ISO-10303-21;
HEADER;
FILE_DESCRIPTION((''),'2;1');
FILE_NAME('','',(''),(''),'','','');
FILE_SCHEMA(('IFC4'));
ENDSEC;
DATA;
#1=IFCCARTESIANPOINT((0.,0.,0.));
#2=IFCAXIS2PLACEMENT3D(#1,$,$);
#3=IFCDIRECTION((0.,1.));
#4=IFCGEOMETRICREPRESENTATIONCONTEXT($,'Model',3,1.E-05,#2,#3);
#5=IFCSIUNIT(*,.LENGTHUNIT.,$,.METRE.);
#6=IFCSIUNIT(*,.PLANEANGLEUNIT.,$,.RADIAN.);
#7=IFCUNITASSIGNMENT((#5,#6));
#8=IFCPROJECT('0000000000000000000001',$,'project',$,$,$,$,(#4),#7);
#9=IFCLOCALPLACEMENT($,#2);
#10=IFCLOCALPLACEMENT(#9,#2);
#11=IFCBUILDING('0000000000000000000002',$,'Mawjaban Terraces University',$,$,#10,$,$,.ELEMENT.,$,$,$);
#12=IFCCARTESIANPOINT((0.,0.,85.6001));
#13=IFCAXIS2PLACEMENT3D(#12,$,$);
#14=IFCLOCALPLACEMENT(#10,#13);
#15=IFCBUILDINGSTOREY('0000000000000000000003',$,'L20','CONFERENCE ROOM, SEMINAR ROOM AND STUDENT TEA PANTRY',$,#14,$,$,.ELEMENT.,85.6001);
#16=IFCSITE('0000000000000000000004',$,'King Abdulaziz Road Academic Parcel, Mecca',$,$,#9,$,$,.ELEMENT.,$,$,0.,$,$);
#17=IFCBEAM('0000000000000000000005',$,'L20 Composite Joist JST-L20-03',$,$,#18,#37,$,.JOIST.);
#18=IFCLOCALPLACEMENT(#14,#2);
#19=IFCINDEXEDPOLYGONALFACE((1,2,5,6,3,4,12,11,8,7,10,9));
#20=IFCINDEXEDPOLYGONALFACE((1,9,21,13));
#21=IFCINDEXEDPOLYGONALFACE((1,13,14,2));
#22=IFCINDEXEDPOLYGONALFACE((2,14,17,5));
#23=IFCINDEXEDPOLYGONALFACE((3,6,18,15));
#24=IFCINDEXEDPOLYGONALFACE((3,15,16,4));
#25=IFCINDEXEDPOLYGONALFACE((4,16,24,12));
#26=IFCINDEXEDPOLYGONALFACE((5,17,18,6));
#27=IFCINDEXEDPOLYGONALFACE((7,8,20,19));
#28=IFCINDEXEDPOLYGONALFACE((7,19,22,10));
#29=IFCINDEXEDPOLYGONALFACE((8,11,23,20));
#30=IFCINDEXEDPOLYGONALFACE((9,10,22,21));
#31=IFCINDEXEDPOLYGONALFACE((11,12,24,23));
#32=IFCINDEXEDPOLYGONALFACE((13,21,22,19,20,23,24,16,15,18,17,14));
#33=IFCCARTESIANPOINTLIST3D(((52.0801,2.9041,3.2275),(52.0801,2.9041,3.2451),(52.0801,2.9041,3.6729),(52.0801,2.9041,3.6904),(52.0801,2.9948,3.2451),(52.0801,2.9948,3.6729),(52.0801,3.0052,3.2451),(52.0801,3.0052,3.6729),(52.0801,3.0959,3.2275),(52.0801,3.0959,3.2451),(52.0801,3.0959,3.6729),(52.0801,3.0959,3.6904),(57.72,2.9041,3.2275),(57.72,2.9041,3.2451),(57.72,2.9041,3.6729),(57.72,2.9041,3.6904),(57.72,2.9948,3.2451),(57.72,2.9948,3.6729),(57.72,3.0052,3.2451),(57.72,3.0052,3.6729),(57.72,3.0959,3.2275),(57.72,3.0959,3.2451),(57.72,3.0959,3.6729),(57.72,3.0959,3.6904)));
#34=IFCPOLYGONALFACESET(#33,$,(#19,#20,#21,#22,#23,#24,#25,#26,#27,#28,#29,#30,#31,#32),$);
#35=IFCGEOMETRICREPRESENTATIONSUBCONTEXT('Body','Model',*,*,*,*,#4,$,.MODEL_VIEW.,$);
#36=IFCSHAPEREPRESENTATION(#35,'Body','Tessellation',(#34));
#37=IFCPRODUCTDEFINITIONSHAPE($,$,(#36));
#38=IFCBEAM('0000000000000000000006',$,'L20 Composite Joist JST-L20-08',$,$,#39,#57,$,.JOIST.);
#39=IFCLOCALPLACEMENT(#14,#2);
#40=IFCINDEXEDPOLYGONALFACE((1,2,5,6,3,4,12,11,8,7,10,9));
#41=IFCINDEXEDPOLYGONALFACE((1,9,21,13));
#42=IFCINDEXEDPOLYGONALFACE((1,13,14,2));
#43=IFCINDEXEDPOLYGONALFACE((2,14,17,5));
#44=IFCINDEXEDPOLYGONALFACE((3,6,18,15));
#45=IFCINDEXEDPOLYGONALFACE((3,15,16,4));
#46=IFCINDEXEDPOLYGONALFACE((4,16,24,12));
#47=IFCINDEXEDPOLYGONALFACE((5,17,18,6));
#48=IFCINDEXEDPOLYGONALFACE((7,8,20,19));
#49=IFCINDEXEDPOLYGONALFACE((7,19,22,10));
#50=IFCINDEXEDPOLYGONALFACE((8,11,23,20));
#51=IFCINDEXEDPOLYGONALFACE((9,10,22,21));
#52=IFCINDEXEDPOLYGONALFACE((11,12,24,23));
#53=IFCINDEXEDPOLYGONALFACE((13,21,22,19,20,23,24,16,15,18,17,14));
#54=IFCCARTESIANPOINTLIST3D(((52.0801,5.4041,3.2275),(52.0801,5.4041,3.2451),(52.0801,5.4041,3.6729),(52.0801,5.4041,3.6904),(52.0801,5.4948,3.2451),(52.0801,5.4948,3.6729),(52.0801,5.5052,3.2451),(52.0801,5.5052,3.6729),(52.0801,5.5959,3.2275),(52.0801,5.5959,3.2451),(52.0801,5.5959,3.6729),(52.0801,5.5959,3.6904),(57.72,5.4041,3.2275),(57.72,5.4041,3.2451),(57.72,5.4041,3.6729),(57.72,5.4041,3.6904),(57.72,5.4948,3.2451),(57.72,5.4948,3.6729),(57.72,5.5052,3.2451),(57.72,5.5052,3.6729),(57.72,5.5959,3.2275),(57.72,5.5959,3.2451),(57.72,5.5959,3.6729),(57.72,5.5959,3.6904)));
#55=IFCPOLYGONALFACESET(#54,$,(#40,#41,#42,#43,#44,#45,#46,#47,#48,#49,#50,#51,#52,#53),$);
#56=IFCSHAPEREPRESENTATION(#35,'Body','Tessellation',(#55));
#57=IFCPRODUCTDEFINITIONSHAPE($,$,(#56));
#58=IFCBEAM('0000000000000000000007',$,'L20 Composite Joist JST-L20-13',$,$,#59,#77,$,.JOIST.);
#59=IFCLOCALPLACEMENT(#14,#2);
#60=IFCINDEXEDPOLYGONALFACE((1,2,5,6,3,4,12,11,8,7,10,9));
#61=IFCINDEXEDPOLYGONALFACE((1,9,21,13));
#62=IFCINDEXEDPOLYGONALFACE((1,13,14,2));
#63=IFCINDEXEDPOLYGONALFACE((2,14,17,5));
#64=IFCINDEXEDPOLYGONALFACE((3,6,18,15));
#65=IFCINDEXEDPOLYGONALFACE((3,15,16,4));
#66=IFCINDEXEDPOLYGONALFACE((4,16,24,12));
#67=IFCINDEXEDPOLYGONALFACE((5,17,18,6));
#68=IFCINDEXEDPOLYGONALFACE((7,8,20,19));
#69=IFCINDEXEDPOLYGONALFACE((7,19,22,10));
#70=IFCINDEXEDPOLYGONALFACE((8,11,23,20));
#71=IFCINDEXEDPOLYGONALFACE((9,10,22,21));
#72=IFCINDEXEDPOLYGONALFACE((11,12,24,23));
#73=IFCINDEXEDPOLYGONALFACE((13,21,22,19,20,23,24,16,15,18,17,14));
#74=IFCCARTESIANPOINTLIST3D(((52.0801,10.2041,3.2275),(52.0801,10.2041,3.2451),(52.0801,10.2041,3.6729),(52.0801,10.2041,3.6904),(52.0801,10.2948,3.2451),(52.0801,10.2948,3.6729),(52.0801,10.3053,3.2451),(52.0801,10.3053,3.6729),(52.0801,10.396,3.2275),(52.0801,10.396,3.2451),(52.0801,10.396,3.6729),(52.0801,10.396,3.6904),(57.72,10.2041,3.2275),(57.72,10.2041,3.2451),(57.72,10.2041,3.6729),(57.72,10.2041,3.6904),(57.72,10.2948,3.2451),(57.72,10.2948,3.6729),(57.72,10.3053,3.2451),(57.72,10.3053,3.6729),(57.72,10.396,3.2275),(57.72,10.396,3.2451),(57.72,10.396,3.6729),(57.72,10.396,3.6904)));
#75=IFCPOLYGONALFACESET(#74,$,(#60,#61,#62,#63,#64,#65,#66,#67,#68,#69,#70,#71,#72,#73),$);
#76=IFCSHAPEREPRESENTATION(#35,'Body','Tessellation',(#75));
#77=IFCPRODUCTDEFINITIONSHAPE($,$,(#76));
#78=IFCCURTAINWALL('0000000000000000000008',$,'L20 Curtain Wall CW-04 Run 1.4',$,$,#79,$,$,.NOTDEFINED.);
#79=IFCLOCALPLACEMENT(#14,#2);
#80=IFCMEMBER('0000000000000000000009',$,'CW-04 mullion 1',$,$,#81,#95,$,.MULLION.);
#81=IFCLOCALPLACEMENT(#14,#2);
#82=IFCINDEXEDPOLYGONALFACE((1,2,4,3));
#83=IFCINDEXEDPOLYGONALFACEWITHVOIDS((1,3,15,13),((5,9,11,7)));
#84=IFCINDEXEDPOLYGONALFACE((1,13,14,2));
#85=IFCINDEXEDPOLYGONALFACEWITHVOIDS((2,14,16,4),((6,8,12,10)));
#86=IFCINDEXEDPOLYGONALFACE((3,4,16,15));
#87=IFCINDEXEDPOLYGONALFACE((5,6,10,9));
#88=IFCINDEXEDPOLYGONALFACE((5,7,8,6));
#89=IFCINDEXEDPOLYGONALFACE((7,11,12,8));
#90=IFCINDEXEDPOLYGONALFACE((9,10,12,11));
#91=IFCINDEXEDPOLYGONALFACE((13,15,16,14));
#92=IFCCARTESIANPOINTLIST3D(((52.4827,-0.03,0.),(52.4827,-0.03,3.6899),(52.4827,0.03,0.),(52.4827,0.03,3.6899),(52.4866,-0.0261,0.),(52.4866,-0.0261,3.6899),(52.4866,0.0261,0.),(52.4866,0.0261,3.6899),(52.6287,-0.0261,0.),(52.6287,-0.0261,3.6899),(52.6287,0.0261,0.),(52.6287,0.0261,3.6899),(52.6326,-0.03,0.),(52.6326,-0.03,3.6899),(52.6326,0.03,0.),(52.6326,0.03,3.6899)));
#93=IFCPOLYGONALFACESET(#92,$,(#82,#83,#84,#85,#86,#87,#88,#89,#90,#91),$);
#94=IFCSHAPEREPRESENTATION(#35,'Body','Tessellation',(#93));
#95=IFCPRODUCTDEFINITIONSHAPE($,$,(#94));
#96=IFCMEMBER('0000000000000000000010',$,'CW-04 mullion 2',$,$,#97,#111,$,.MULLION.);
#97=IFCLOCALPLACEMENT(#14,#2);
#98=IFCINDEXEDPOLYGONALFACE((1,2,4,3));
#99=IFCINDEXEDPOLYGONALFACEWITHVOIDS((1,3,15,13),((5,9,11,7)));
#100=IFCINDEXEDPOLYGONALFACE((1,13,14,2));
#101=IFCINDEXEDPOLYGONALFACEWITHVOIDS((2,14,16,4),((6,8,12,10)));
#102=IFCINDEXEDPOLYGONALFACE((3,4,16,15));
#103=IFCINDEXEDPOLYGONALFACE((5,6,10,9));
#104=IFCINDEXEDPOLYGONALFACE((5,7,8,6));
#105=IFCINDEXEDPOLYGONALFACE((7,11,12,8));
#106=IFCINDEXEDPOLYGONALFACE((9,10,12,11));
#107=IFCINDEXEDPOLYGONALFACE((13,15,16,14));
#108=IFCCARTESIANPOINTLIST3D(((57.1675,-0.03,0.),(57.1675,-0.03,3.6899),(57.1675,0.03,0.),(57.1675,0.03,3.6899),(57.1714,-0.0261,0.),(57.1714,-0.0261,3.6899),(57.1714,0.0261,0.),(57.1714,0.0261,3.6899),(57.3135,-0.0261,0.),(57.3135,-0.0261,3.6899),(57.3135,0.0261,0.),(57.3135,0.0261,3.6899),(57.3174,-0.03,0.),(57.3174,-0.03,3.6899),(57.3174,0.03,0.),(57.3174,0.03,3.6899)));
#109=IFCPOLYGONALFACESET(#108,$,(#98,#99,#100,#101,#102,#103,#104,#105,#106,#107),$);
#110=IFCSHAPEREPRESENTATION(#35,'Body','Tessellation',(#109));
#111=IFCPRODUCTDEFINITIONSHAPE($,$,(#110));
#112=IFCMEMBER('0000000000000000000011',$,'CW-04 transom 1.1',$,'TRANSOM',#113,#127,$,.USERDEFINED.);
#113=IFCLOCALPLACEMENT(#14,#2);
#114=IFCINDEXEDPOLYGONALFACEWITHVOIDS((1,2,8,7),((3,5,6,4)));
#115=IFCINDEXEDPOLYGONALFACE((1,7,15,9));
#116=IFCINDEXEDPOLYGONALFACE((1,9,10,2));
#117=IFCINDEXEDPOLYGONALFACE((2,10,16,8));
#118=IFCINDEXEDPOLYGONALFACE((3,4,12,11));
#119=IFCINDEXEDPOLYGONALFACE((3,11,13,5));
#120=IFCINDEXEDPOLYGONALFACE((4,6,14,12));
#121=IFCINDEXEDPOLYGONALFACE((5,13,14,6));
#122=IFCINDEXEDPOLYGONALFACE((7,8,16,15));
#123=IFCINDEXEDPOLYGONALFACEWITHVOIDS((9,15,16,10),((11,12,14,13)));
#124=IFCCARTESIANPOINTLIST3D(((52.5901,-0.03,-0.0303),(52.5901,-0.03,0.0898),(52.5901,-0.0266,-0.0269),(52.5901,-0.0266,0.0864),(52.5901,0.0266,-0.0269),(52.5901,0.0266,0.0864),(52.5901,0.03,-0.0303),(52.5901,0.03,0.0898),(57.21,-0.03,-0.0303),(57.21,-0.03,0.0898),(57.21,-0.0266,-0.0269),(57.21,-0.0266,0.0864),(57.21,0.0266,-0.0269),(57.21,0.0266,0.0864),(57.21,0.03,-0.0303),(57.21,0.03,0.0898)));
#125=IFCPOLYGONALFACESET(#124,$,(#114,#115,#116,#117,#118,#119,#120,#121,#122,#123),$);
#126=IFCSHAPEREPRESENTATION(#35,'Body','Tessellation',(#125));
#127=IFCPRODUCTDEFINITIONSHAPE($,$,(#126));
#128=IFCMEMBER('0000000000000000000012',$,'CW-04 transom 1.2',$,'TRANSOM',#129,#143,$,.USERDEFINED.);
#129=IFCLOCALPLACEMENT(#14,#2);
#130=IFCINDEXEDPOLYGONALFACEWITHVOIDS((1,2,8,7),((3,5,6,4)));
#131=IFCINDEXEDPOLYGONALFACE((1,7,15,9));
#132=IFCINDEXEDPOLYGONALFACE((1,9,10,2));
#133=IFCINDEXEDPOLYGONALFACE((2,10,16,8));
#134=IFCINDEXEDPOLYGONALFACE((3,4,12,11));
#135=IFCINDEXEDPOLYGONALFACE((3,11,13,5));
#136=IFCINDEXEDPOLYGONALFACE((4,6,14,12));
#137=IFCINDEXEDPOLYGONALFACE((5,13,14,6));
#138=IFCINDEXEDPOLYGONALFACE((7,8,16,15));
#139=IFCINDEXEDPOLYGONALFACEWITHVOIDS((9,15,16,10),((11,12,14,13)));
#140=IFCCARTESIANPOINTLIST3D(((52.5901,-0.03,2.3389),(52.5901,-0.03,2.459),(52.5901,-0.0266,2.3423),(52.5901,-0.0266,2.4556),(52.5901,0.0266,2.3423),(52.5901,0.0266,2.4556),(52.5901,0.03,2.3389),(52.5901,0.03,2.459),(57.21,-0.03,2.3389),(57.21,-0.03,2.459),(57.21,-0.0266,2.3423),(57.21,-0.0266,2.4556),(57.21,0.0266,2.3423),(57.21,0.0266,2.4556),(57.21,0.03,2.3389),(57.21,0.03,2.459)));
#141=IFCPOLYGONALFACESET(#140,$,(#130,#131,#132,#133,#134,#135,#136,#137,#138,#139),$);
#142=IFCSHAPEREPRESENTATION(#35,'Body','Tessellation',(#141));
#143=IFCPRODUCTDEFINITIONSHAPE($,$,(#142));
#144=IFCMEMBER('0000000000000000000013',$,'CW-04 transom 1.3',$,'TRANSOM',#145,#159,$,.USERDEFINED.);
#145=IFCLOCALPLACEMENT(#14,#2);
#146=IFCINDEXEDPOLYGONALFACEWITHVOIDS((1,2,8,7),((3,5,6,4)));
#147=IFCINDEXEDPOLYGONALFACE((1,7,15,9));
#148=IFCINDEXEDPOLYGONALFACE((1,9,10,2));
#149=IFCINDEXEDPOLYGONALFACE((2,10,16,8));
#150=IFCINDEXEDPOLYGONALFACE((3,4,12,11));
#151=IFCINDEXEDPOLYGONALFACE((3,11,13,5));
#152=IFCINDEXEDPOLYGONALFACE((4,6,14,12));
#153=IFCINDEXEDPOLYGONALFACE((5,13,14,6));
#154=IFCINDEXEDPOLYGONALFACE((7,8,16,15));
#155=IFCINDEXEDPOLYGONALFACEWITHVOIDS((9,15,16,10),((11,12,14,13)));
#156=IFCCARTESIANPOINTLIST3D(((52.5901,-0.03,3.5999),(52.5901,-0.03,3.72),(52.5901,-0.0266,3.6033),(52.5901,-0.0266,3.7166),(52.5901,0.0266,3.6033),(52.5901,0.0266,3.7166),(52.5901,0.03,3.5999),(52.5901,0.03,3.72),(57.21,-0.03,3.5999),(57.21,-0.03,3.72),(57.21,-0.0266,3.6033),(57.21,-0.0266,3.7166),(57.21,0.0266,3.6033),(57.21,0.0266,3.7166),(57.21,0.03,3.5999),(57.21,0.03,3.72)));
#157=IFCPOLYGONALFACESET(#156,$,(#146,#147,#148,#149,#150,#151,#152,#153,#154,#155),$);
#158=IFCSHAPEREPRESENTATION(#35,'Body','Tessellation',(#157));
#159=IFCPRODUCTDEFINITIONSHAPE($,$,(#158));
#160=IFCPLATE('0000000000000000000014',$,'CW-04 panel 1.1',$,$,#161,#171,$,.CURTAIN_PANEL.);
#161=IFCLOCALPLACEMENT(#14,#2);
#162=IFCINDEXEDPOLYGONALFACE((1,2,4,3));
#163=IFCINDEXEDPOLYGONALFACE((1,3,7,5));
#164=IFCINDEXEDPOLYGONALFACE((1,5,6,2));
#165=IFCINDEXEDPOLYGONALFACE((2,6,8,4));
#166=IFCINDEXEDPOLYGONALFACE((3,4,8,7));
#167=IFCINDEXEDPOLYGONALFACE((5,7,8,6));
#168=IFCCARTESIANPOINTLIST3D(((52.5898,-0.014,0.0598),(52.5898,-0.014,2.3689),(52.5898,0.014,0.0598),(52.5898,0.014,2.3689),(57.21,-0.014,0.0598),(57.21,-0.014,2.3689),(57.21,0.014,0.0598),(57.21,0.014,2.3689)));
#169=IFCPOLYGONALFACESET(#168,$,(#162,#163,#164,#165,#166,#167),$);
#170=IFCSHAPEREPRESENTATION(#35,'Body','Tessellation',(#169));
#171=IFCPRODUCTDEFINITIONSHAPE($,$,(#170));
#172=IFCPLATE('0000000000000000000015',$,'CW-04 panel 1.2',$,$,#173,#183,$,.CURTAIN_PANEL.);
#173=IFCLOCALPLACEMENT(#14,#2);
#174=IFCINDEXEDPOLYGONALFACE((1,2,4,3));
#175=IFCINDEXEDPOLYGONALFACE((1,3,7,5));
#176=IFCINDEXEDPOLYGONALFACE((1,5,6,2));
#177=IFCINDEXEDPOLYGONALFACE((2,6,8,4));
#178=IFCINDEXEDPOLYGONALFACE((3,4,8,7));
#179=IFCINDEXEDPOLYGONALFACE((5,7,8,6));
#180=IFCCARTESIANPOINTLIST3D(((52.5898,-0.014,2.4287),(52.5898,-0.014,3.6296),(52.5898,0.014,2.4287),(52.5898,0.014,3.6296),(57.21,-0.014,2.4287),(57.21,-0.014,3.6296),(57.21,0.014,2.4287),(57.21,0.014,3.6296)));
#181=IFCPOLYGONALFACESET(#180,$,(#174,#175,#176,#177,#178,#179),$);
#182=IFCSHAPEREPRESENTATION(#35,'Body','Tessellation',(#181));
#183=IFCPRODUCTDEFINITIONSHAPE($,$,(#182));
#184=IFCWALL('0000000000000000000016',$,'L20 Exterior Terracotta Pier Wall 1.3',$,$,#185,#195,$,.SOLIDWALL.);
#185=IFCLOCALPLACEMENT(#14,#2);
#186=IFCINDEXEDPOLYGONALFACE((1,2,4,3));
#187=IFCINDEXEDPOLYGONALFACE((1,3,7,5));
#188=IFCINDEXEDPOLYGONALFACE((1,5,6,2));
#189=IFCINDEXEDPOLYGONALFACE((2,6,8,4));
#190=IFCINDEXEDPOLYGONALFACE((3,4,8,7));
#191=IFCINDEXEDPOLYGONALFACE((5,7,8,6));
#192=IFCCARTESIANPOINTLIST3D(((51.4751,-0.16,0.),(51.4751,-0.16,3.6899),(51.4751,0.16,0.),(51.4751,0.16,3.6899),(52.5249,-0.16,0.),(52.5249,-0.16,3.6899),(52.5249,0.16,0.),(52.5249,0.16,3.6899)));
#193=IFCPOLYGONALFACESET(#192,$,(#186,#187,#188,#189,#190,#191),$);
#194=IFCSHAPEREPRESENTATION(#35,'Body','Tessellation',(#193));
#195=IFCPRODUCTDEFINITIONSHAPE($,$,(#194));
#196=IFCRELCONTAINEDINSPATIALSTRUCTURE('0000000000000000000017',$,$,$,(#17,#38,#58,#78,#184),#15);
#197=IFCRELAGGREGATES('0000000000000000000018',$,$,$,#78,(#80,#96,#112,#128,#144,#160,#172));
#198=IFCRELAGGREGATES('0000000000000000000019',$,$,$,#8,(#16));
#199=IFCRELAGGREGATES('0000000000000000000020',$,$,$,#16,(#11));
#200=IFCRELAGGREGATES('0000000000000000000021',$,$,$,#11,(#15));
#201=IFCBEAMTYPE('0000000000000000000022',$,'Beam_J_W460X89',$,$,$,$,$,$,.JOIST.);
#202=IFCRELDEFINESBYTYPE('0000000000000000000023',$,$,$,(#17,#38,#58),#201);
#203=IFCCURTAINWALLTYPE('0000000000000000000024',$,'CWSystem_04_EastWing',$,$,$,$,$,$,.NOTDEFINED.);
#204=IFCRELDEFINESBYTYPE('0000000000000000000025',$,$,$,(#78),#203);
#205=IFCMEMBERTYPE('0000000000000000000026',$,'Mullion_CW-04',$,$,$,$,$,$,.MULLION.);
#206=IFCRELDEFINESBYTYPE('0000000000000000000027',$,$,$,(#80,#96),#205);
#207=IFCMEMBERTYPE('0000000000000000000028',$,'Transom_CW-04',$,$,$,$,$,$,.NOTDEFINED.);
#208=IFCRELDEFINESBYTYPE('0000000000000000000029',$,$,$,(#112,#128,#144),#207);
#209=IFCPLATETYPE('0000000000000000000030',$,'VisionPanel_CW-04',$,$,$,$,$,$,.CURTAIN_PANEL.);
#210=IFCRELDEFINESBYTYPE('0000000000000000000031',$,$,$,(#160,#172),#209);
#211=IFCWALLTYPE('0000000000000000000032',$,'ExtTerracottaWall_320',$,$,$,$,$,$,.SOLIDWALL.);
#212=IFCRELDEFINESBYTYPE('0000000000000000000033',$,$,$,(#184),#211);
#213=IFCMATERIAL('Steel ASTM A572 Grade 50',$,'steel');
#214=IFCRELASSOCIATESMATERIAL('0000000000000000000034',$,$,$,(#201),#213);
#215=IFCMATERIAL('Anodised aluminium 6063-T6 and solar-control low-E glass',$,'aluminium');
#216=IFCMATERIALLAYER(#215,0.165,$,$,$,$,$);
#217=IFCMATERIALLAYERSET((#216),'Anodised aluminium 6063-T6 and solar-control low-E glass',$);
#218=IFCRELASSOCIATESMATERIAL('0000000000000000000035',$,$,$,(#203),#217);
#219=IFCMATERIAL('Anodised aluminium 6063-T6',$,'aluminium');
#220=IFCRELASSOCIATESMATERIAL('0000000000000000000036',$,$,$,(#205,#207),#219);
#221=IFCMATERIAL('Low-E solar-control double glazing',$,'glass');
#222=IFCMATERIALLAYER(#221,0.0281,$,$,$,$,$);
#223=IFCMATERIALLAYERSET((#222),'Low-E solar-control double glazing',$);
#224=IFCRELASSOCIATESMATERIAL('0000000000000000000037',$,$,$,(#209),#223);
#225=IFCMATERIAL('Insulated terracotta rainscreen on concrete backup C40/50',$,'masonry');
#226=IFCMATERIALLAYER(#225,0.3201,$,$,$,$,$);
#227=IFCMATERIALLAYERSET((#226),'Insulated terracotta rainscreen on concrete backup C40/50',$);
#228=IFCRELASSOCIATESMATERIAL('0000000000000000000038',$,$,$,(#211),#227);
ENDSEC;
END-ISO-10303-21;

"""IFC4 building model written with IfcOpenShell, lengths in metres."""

from ifc_helpers import new_model, si_unit, direction, frame, frame_2d, origin, origin_2d, place, context, subcontext, project, spatial, rectangle, hollow_rectangle, i_section, extrude, material, layer, layer_set, material_profile, profile_set, type_object, element, aggregate, save


model = new_model("IFC4")

# Units and contexts
model_context = context("Model", 3, precision=1e-05, world=origin(), true_north=direction((0.0, 1.0)))
body_context = subcontext(model_context, "Body", "Model", "MODEL_VIEW")
ifc_project = project(units=[si_unit("LENGTHUNIT", "METRE"), si_unit("PLANEANGLEUNIT", "RADIAN")], contexts=[model_context])

# Site, building, storey
site_placement = place(None, origin())
site = spatial("IfcSite", under=ifc_project, at=site_placement, Name="King Abdulaziz Road Academic Parcel, Mecca", CompositionType="ELEMENT", RefElevation=0.0)
building_placement = place(site_placement, origin())
building = spatial("IfcBuilding", under=site, at=building_placement, Name="Mawjaban Terraces University", CompositionType="ELEMENT")
storey_placement = place(building_placement, frame((0.0, 0.0, 85.6001)))
storey = spatial("IfcBuildingStorey", under=building, at=storey_placement, Name="L20", Description="CONFERENCE ROOM, SEMINAR ROOM AND STUDENT TEA PANTRY", CompositionType="ELEMENT", Elevation=85.6001)

# Beams
ifc_material_1 = material(Name="Steel ASTM A572 Grade 50", Category="steel")
ifc_material_profile_1 = material_profile(ifc_material_1, i_section(OverallWidth=0.1919, OverallDepth=0.4629, WebThickness=0.0105, FlangeThickness=0.0176, at=origin_2d()), Name="W460X89")
ifc_profile_set_1 = profile_set([ifc_material_profile_1], Name="Steel ASTM A572 Grade 50")
beam_type_1 = type_object("IfcBeamType", Name="Beam_J_W460X89", PredefinedType="JOIST", material=ifc_profile_set_1)
for number, where, z_axis, x_axis, name in (
    (1, (52.0801, 3.0, 3.459), (1.0, 0.0, 0.0), (0.0, 1.0, 0.0), "L20 Composite Joist JST-L20-03"),
    (2, (52.0801, 5.5, 3.459), (1.0, 0.0, 0.0), (0.0, 1.0, 0.0), "L20 Composite Joist JST-L20-08"),
    (3, (52.0801, 10.3, 3.459), (1.0, 0.0, 0.0), (0.0, 1.0, 0.0), "L20 Composite Joist JST-L20-13"),
):
    element("IfcBeam", number, at=place(storey_placement, frame(where, z_axis=z_axis, x_axis=x_axis)), inside=storey, type_object=beam_type_1, Name=name, PredefinedType="JOIST", context=body_context, shape_type="SweptSolid", body=[
        extrude(i_section(OverallWidth=0.1919, OverallDepth=0.4629, WebThickness=0.0105, FlangeThickness=0.0176, at=origin_2d()), origin(), (0.0, 0.0, 1.0), 5.6399),
    ])

# Curtain wall, members, plates
ifc_material_2 = material(Name="Anodised aluminium 6063-T6 and solar-control low-E glass", Category="aluminium")
ifc_layer_1 = layer(ifc_material_2, 0.165)
ifc_layer_set_1 = layer_set([ifc_layer_1], Name="Anodised aluminium 6063-T6 and solar-control low-E glass")
curtain_wall_type = type_object("IfcCurtainWallType", Name="CWSystem_04_EastWing", PredefinedType="NOTDEFINED", material=ifc_layer_set_1)
curtain_wall_placement = place(storey_placement, origin())
curtain_wall = element("IfcCurtainWall", 4, at=curtain_wall_placement, inside=storey, type_object=curtain_wall_type, Name="L20 Curtain Wall CW-04 Run 1.4", PredefinedType="NOTDEFINED")
ifc_material_3 = material(Name="Anodised aluminium 6063-T6", Category="aluminium")
ifc_material_profile_2 = material_profile(ifc_material_3, hollow_rectangle(XDim=0.0601, YDim=0.1499, WallThickness=0.0039, at=origin_2d()), Name="ALU150X60X4")
ifc_profile_set_2 = profile_set([ifc_material_profile_2], Name="Anodised aluminium 6063-T6")
member_type_1 = type_object("IfcMemberType", Name="Mullion_CW-04", PredefinedType="MULLION", material=ifc_profile_set_2)
member_1_placement = place(storey_placement, frame((52.5576, 0.0, 0.0), z_axis=(0.0, 0.0, 1.0), x_axis=(0.0, 1.0, 0.0)))
member_1 = element("IfcMember", 5, at=member_1_placement, type_object=member_type_1, Name="CW-04 mullion 1", PredefinedType="MULLION", context=body_context, shape_type="SweptSolid", body=[
    extrude(hollow_rectangle(XDim=0.0601, YDim=0.1499, WallThickness=0.0039, at=origin_2d()), origin(), (0.0, 0.0, 1.0), 3.6899),
])
member_2_placement = place(storey_placement, frame((57.2424, 0.0, 0.0), z_axis=(0.0, 0.0, 1.0), x_axis=(0.0, 1.0, 0.0)))
member_2 = element("IfcMember", 6, at=member_2_placement, type_object=member_type_1, Name="CW-04 mullion 2", PredefinedType="MULLION", context=body_context, shape_type="SweptSolid", body=[
    extrude(hollow_rectangle(XDim=0.0601, YDim=0.1499, WallThickness=0.0039, at=origin_2d()), origin(), (0.0, 0.0, 1.0), 3.6899),
])
ifc_material_profile_3 = material_profile(ifc_material_3, hollow_rectangle(XDim=0.0601, YDim=0.1201, WallThickness=0.0034, at=origin_2d()), Name="ALU120X60X3.5")
ifc_profile_set_3 = profile_set([ifc_material_profile_3], Name="Anodised aluminium 6063-T6")
member_type_2 = type_object("IfcMemberType", Name="Transom_CW-04", PredefinedType="NOTDEFINED", material=ifc_profile_set_3)
member_3_placement = place(storey_placement, frame((52.5901, 0.0, 0.0298), z_axis=(1.0, 0.0, 0.0), x_axis=(0.0, 1.0, 0.0)))
member_3 = element("IfcMember", 7, at=member_3_placement, type_object=member_type_2, Name="CW-04 transom 1.1", ObjectType="TRANSOM", PredefinedType="USERDEFINED", context=body_context, shape_type="SweptSolid", body=[
    extrude(hollow_rectangle(XDim=0.0601, YDim=0.1201, WallThickness=0.0034, at=origin_2d()), origin(), (0.0, 0.0, 1.0), 4.6199),
])
member_4_placement = place(storey_placement, frame((52.5901, 0.0, 2.3989), z_axis=(1.0, 0.0, 0.0), x_axis=(0.0, 1.0, 0.0)))
member_4 = element("IfcMember", 8, at=member_4_placement, type_object=member_type_2, Name="CW-04 transom 1.2", ObjectType="TRANSOM", PredefinedType="USERDEFINED", context=body_context, shape_type="SweptSolid", body=[
    extrude(hollow_rectangle(XDim=0.0601, YDim=0.1201, WallThickness=0.0034, at=origin_2d()), origin(), (0.0, 0.0, 1.0), 4.6199),
])
member_5_placement = place(storey_placement, frame((52.5901, 0.0, 3.6599), z_axis=(1.0, 0.0, 0.0), x_axis=(0.0, 1.0, 0.0)))
member_5 = element("IfcMember", 9, at=member_5_placement, type_object=member_type_2, Name="CW-04 transom 1.3", ObjectType="TRANSOM", PredefinedType="USERDEFINED", context=body_context, shape_type="SweptSolid", body=[
    extrude(hollow_rectangle(XDim=0.0601, YDim=0.1201, WallThickness=0.0034, at=origin_2d()), origin(), (0.0, 0.0, 1.0), 4.6199),
])
ifc_material_4 = material(Name="Low-E solar-control double glazing", Category="glass")
ifc_layer_2 = layer(ifc_material_4, 0.0281)
ifc_layer_set_2 = layer_set([ifc_layer_2], Name="Low-E solar-control double glazing")
plate_type = type_object("IfcPlateType", Name="VisionPanel_CW-04", PredefinedType="CURTAIN_PANEL", material=ifc_layer_set_2)
plate_1_placement = place(storey_placement, frame((54.8999, 0.0, 0.0598), z_axis=(0.0, 0.0, 1.0), x_axis=(1.0, 0.0, 0.0)))
plate_1 = element("IfcPlate", 10, at=plate_1_placement, type_object=plate_type, Name="CW-04 panel 1.1", PredefinedType="CURTAIN_PANEL", context=body_context, shape_type="SweptSolid", body=[
    extrude(rectangle(XDim=4.6201, YDim=0.0281, at=origin_2d()), origin(), (0.0, 0.0, 1.0), 2.3091),
])
plate_2_placement = place(storey_placement, frame((54.8999, 0.0, 2.4287), z_axis=(0.0, 0.0, 1.0), x_axis=(1.0, 0.0, 0.0)))
plate_2 = element("IfcPlate", 11, at=plate_2_placement, type_object=plate_type, Name="CW-04 panel 1.2", PredefinedType="CURTAIN_PANEL", context=body_context, shape_type="SweptSolid", body=[
    extrude(rectangle(XDim=4.6201, YDim=0.0281, at=origin_2d()), origin(), (0.0, 0.0, 1.0), 1.2009),
])
aggregate(curtain_wall, [member_1, member_2, member_3, member_4, member_5, plate_1, plate_2])

# Wall
ifc_material_5 = material(Name="Insulated terracotta rainscreen on concrete backup C40/50", Category="masonry")
ifc_layer_3 = layer(ifc_material_5, 0.3201)
ifc_layer_set_3 = layer_set([ifc_layer_3], Name="Insulated terracotta rainscreen on concrete backup C40/50")
wall_type = type_object("IfcWallType", Name="ExtTerracottaWall_320", PredefinedType="SOLIDWALL", material=ifc_layer_set_3)
wall_1_placement = place(storey_placement, frame((51.4751, 0.0, 0.0), z_axis=(0.0, 0.0, 1.0), x_axis=(1.0, 0.0, 0.0)))
element("IfcWall", 12, at=wall_1_placement, inside=storey, type_object=wall_type, Name="L20 Exterior Terracotta Pier Wall 1.3", PredefinedType="SOLIDWALL", context=body_context, shape_type="SweptSolid", body=[
    extrude(rectangle(XDim=1.0498, YDim=0.3201, at=frame_2d((0.5249, 0.0))), origin(), (0.0, 0.0, 1.0), 3.6899),
])

save(model, "model.ifc")
